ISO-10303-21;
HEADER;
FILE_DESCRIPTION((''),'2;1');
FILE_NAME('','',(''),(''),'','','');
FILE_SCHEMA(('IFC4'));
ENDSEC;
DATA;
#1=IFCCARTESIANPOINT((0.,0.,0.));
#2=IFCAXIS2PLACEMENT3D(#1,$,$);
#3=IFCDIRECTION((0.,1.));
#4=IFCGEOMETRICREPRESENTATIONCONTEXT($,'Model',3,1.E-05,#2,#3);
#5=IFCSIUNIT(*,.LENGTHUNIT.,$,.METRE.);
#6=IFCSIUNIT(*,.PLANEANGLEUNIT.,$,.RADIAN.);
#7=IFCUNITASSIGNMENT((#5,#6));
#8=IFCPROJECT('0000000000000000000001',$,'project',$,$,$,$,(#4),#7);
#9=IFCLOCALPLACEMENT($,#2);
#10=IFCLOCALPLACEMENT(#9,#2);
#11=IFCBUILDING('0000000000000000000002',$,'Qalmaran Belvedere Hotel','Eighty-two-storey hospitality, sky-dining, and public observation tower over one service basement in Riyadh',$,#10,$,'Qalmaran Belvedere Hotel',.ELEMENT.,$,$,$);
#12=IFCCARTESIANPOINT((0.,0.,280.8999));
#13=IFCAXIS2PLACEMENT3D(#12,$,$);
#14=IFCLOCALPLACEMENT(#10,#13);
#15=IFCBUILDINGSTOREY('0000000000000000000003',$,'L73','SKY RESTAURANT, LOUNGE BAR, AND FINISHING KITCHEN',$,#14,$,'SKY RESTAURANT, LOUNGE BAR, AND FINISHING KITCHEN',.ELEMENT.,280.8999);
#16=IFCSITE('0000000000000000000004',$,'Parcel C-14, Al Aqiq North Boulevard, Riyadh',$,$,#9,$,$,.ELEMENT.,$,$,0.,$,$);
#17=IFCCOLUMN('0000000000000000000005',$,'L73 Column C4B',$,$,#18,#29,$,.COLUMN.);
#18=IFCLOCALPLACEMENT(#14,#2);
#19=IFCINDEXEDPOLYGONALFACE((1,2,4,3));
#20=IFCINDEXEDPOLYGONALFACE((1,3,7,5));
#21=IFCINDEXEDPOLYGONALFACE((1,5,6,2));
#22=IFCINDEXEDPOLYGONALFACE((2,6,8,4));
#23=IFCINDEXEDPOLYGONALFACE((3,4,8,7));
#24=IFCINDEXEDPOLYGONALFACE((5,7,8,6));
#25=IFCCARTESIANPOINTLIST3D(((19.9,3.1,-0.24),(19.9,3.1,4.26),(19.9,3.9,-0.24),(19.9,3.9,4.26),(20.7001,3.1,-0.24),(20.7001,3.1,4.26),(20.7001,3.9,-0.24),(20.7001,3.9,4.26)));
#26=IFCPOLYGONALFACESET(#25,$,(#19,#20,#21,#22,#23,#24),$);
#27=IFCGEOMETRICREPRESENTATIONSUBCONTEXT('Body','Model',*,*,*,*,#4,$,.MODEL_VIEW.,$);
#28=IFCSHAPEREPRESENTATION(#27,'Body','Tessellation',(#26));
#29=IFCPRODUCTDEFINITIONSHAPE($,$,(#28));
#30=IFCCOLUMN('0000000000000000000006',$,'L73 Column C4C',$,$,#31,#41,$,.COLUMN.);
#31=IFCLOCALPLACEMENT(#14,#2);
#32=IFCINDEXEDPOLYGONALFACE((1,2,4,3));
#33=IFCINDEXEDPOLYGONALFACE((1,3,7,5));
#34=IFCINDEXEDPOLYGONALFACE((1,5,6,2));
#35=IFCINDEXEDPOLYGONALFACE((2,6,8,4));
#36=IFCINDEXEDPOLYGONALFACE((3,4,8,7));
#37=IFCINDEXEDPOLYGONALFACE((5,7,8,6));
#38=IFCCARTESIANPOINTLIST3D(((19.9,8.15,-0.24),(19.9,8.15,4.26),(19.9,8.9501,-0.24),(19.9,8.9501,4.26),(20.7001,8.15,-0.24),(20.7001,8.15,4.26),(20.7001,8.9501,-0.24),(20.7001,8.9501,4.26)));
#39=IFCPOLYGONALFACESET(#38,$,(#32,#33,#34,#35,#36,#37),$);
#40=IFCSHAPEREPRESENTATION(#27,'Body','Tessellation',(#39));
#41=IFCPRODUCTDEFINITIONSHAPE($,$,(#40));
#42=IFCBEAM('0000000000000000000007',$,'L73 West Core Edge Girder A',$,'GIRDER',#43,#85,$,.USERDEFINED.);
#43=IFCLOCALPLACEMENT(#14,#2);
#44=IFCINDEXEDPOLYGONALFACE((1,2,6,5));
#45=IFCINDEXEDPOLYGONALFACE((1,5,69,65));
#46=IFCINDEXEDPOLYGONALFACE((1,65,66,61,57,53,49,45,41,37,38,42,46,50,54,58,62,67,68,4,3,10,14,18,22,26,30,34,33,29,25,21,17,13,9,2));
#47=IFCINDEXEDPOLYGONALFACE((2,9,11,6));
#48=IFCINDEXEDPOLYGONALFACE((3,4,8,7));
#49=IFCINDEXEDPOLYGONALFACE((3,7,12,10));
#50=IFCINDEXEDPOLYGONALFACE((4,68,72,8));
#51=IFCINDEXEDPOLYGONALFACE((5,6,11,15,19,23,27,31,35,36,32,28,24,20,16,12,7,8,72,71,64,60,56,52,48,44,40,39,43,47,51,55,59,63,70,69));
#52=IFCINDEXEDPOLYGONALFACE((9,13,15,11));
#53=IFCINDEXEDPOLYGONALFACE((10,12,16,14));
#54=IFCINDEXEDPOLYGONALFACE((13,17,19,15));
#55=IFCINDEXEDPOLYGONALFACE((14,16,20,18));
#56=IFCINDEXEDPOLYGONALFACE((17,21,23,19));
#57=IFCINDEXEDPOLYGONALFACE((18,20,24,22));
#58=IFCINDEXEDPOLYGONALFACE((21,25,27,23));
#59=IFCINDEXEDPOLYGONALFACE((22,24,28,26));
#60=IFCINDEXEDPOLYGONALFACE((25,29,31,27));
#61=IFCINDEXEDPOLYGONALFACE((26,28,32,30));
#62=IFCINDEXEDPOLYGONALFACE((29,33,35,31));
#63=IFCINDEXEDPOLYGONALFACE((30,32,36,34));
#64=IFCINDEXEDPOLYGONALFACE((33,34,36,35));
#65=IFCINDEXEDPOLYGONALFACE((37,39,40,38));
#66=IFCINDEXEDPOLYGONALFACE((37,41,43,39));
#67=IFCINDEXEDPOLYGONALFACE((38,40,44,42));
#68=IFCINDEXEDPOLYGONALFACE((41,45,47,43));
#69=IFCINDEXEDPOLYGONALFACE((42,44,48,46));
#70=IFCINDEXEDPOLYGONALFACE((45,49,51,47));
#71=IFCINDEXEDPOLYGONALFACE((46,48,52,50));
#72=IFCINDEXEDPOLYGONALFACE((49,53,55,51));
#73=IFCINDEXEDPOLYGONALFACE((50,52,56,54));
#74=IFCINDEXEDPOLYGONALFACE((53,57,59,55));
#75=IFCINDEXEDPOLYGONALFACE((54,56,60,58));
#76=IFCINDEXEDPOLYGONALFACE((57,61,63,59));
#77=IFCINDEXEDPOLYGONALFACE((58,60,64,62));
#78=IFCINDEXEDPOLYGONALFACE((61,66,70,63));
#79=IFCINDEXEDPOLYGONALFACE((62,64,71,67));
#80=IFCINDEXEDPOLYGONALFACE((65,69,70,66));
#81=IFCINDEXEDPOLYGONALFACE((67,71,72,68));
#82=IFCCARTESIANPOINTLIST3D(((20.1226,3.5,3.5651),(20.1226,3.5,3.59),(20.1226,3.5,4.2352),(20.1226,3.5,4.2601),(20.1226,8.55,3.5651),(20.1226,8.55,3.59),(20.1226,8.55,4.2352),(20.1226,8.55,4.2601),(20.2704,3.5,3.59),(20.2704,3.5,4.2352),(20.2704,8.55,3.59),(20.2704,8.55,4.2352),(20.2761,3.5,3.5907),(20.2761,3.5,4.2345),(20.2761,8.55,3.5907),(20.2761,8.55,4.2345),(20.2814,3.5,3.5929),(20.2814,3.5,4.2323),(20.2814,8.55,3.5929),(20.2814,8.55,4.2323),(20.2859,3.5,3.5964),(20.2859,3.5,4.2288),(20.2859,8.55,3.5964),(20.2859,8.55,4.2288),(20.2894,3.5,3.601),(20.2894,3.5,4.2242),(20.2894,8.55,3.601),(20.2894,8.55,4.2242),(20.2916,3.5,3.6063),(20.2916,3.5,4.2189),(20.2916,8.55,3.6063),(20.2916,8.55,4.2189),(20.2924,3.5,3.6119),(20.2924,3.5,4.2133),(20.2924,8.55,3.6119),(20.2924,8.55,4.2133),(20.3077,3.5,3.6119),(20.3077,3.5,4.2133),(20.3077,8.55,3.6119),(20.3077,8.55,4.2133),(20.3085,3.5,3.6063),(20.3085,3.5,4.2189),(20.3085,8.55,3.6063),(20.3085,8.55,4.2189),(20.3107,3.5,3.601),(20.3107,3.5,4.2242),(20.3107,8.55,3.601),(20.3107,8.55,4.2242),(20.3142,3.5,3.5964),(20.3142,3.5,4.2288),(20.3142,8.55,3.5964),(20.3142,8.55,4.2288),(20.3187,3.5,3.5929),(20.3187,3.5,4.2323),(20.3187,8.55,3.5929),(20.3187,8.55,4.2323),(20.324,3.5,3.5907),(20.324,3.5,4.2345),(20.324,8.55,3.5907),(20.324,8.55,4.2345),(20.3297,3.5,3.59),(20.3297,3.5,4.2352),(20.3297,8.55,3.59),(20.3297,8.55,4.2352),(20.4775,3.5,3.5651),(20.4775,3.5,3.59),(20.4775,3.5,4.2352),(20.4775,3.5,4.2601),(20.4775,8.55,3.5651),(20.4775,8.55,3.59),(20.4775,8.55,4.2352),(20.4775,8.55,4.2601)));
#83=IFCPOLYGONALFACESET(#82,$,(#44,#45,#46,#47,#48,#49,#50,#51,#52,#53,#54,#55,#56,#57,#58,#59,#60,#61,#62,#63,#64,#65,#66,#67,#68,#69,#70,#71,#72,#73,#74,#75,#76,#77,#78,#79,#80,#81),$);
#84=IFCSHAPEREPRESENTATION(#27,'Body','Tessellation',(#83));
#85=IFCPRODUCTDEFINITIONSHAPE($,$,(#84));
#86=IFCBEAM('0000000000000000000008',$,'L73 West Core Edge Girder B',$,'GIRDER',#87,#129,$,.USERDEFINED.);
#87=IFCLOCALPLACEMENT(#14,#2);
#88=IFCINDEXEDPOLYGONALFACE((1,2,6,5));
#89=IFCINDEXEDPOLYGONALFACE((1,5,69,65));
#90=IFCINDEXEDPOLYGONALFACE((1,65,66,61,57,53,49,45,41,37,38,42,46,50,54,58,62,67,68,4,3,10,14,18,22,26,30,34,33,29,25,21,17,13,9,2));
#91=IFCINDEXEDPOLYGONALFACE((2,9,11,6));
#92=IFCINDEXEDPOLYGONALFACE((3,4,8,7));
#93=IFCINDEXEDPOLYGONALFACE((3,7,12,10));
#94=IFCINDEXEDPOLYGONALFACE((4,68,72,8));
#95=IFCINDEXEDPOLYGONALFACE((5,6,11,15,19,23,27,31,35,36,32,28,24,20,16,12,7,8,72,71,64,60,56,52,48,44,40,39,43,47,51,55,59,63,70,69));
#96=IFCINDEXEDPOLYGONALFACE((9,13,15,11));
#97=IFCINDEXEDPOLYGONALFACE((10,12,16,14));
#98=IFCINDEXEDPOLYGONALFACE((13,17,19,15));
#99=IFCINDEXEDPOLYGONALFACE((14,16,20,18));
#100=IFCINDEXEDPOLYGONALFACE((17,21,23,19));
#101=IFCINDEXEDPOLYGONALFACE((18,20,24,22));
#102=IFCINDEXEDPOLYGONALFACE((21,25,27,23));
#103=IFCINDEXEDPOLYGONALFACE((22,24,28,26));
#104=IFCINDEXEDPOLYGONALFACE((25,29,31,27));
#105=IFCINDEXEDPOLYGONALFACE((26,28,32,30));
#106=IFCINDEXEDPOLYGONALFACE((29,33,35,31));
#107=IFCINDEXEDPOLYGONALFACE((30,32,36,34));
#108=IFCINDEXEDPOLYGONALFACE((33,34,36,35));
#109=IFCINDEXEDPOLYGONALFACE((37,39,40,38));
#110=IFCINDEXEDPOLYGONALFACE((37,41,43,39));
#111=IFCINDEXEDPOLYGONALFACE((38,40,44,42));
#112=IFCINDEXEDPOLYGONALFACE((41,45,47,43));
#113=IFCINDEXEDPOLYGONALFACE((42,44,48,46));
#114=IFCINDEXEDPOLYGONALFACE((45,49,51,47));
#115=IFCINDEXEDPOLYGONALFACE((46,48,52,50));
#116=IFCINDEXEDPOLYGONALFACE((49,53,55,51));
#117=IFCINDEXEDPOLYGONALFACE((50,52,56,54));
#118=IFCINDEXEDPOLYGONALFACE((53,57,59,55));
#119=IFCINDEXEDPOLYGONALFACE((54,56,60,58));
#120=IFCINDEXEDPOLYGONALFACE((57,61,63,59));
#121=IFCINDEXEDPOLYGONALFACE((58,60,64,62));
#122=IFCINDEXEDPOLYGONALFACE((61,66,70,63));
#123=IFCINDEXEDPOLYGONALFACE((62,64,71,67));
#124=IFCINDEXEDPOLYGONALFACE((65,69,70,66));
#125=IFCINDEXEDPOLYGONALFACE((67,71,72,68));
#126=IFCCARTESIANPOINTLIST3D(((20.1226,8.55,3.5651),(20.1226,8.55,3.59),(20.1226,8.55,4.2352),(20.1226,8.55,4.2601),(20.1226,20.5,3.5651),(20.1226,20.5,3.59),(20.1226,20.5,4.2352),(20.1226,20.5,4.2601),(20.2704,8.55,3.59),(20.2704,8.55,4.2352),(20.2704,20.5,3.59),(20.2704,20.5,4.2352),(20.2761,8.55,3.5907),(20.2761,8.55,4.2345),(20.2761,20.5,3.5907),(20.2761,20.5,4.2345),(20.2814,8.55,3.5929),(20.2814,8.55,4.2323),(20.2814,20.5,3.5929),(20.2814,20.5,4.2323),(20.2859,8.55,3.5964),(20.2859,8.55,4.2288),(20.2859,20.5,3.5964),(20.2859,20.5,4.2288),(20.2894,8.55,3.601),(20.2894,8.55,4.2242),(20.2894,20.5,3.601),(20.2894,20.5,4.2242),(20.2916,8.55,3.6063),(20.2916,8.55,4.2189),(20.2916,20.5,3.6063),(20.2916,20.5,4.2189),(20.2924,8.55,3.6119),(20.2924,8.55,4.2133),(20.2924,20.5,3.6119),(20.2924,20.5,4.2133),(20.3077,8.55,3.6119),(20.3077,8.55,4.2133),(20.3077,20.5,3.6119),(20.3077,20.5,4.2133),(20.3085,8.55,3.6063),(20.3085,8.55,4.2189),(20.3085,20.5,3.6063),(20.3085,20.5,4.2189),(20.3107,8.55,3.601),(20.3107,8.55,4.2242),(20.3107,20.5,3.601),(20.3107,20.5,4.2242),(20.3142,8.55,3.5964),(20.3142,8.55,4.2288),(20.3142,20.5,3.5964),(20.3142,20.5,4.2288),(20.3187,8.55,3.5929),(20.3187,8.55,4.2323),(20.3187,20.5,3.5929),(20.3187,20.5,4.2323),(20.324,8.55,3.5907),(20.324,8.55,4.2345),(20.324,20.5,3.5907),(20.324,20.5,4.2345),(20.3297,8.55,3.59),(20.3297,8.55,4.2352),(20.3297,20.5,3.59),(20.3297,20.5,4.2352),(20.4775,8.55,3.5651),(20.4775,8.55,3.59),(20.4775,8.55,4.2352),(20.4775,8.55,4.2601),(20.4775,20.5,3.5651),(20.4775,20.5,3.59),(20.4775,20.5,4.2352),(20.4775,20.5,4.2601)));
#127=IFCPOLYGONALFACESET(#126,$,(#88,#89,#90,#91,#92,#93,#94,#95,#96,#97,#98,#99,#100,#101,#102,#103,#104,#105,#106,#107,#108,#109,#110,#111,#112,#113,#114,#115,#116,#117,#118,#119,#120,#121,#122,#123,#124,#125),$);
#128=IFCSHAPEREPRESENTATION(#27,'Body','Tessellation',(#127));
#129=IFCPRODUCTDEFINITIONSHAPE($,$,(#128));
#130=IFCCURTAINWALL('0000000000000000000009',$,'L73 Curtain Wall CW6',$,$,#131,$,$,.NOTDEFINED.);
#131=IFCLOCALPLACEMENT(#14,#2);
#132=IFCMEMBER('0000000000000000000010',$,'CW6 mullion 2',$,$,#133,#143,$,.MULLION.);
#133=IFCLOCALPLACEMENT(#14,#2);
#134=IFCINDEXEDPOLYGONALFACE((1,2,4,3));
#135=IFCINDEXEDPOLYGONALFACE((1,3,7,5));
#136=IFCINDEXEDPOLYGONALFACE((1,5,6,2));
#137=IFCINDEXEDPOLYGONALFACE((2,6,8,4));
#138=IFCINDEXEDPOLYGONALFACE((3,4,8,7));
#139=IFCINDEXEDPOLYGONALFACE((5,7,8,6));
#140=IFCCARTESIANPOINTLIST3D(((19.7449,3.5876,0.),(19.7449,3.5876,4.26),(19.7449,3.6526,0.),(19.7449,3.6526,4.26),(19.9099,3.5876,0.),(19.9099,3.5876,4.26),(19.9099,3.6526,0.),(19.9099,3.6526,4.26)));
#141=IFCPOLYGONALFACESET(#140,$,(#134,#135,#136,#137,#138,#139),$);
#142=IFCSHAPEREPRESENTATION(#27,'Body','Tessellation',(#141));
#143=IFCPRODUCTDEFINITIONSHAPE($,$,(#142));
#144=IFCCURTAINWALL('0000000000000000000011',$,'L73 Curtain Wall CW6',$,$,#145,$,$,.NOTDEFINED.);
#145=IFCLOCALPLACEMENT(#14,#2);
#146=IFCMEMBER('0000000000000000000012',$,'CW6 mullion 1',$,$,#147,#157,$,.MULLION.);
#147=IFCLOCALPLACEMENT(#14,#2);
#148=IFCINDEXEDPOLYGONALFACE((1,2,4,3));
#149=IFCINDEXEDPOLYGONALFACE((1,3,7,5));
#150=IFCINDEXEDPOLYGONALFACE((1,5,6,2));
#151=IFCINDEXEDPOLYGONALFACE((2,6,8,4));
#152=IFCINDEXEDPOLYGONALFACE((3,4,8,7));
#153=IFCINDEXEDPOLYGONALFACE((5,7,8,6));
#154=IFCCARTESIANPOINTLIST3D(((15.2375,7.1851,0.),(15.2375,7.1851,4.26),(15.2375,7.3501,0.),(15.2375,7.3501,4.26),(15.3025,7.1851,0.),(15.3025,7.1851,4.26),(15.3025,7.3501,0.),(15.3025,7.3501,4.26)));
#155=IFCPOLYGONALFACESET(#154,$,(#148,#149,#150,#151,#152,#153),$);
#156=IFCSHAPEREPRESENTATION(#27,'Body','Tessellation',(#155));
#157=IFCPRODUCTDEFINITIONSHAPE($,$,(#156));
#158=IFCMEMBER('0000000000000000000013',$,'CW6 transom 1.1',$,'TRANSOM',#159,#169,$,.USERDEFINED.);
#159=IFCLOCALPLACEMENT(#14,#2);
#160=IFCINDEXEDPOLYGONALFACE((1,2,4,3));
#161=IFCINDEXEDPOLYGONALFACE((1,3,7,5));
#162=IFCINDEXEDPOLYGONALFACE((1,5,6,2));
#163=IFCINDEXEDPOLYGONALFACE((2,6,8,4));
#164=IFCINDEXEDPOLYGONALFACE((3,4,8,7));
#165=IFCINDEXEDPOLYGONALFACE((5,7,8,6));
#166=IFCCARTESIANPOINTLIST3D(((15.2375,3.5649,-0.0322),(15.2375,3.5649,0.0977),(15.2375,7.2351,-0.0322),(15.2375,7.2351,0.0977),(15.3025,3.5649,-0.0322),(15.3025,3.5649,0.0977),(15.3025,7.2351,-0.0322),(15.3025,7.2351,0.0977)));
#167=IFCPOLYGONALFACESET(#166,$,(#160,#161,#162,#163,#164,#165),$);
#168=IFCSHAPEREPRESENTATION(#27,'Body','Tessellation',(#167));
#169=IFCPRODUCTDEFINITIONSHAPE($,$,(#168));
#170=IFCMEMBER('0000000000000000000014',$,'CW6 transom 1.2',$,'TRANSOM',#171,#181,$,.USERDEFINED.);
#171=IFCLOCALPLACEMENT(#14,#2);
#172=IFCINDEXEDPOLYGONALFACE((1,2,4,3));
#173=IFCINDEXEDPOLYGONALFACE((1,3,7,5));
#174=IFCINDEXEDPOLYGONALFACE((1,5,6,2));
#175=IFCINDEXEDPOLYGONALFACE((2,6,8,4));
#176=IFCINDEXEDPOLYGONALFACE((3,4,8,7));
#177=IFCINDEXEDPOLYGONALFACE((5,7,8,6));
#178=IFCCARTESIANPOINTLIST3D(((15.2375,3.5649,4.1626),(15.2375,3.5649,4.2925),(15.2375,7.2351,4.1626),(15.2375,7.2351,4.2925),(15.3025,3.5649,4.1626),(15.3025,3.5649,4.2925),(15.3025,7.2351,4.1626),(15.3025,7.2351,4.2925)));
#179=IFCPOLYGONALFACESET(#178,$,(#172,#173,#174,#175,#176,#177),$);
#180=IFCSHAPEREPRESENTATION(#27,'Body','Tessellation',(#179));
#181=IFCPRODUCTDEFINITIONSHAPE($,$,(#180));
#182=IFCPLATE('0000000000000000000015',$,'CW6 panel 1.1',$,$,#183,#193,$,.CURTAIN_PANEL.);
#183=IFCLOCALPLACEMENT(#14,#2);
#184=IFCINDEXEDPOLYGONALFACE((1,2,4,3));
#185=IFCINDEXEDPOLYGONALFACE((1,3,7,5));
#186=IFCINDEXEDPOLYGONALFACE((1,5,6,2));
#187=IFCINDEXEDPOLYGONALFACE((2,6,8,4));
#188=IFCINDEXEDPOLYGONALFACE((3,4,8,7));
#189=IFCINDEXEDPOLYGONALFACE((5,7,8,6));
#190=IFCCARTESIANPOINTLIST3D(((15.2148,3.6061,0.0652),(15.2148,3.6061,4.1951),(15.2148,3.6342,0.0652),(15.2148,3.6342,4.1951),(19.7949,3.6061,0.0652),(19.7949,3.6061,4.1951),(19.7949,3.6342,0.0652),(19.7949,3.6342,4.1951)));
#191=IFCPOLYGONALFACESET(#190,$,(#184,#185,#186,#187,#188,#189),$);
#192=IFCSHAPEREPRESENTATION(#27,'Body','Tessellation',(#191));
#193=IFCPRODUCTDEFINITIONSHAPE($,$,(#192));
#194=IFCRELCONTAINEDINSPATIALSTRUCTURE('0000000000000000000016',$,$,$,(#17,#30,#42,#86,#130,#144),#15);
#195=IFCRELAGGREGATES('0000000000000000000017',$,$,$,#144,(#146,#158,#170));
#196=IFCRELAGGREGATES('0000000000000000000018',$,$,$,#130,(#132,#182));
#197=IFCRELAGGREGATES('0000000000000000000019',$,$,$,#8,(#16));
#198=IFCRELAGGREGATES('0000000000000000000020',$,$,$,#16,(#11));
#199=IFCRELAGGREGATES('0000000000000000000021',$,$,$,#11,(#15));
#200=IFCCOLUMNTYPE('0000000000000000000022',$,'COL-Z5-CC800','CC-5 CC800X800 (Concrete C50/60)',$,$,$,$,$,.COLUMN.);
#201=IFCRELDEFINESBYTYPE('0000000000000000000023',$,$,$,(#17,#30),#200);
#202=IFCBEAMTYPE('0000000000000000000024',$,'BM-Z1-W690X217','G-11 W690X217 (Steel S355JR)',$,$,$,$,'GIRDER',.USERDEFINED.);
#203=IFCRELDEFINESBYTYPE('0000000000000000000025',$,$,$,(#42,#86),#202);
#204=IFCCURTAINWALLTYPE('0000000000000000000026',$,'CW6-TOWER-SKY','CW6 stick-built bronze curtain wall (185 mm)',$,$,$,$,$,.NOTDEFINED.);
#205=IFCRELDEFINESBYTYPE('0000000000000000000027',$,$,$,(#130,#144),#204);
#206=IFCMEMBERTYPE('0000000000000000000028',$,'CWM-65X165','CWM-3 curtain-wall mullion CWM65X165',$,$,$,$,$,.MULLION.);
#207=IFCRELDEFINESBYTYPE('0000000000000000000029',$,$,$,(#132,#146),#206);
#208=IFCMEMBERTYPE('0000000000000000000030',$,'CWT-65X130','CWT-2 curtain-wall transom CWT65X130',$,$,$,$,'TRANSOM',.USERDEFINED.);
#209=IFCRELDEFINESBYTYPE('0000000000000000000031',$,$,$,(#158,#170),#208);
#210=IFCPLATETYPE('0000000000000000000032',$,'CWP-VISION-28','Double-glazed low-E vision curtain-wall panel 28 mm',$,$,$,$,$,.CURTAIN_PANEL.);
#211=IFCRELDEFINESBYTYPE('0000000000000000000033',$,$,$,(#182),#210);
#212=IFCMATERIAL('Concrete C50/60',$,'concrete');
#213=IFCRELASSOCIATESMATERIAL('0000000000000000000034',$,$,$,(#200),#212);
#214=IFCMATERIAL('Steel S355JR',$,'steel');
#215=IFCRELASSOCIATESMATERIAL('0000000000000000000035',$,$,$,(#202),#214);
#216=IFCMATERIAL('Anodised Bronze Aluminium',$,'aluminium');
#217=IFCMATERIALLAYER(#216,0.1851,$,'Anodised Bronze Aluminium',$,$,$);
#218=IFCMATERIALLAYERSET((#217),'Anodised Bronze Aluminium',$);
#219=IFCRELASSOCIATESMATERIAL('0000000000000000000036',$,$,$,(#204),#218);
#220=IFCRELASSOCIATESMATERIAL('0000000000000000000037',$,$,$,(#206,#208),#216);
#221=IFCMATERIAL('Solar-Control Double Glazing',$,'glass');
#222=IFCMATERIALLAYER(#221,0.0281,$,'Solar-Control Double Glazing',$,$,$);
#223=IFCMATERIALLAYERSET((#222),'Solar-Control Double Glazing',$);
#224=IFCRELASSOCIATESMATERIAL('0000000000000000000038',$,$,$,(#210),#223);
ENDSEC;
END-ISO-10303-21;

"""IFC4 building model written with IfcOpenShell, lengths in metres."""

from ifc_helpers import new_model, si_unit, direction, frame, origin, origin_2d, place, context, subcontext, project, spatial, rectangle, i_section, extrude, material, layer, layer_set, material_profile, profile_set, type_object, element, aggregate, save


model = new_model("IFC4")

# Units and contexts
model_context = context("Model", 3, precision=1e-05, world=origin(), true_north=direction((0.0, 1.0)))
body_context = subcontext(model_context, "Body", "Model", "MODEL_VIEW")
ifc_project = project(units=[si_unit("LENGTHUNIT", "METRE"), si_unit("PLANEANGLEUNIT", "RADIAN")], contexts=[model_context])

# Site, building, storey
site_placement = place(None, origin())
site = spatial("IfcSite", under=ifc_project, at=site_placement, Name="Parcel C-14, Al Aqiq North Boulevard, Riyadh", CompositionType="ELEMENT", RefElevation=0.0)
building_placement = place(site_placement, origin())
building = spatial("IfcBuilding", under=site, at=building_placement, Name="Qalmaran Belvedere Hotel", Description="Eighty-two-storey hospitality, sky-dining, and public observation tower over one service basement in Riyadh", LongName="Qalmaran Belvedere Hotel", CompositionType="ELEMENT")
storey_placement = place(building_placement, frame((0.0, 0.0, 280.8999)))
storey = spatial("IfcBuildingStorey", under=building, at=storey_placement, Name="L73", Description="SKY RESTAURANT, LOUNGE BAR, AND FINISHING KITCHEN", LongName="SKY RESTAURANT, LOUNGE BAR, AND FINISHING KITCHEN", CompositionType="ELEMENT", Elevation=280.8999)

# Columns
ifc_material_1 = material(Name="Concrete C50/60", Category="concrete")
ifc_material_profile_1 = material_profile(ifc_material_1, rectangle(XDim=0.8, YDim=0.8, at=origin_2d()), Name="CC800X800")
ifc_profile_set_1 = profile_set([ifc_material_profile_1], Name="Concrete C50/60")
column_type = type_object("IfcColumnType", Name="COL-Z5-CC800", Description="CC-5 CC800X800 (Concrete C50/60)", PredefinedType="COLUMN", material=ifc_profile_set_1)
for number, where, z_axis, x_axis, name in (
    (1, (20.3, 3.5, -0.24), (0.0, 0.0, 1.0), (1.0, 0.0, 0.0), "L73 Column C4B"),
    (2, (20.3, 8.55, -0.24), (0.0, 0.0, 1.0), (1.0, 0.0, 0.0), "L73 Column C4C"),
):
    element("IfcColumn", number, at=place(storey_placement, frame(where, z_axis=z_axis, x_axis=x_axis)), inside=storey, type_object=column_type, Name=name, PredefinedType="COLUMN", context=body_context, shape_type="SweptSolid", body=[
        extrude(rectangle(XDim=0.8, YDim=0.8, at=origin_2d()), origin(), (0.0, 0.0, 1.0), 4.5),
    ])

# Beams
ifc_material_2 = material(Name="Steel S355JR", Category="steel")
ifc_material_profile_2 = material_profile(ifc_material_2, i_section(OverallWidth=0.355, OverallDepth=0.6951, WebThickness=0.0154, FlangeThickness=0.0249, FilletRadius=0.022, at=origin_2d()), Name="W690X217")
ifc_profile_set_2 = profile_set([ifc_material_profile_2], Name="Steel S355JR")
beam_type = type_object("IfcBeamType", Name="BM-Z1-W690X217", Description="G-11 W690X217 (Steel S355JR)", ElementType="GIRDER", PredefinedType="USERDEFINED", material=ifc_profile_set_2)
beam_1_placement = place(storey_placement, frame((20.3, 3.5, 3.9126), z_axis=(0.0, 1.0, 0.0), x_axis=(-1.0, 0.0, 0.0)))
element("IfcBeam", 3, at=beam_1_placement, inside=storey, type_object=beam_type, Name="L73 West Core Edge Girder A", ObjectType="GIRDER", PredefinedType="USERDEFINED", context=body_context, shape_type="SweptSolid", body=[
    extrude(i_section(OverallWidth=0.355, OverallDepth=0.6951, WebThickness=0.0154, FlangeThickness=0.0249, FilletRadius=0.022, at=origin_2d()), origin(), (0.0, 0.0, 1.0), 5.05),
])
beam_2_placement = place(storey_placement, frame((20.3, 8.55, 3.9126), z_axis=(0.0, 1.0, 0.0), x_axis=(-1.0, 0.0, 0.0)))
element("IfcBeam", 4, at=beam_2_placement, inside=storey, type_object=beam_type, Name="L73 West Core Edge Girder B", ObjectType="GIRDER", PredefinedType="USERDEFINED", context=body_context, shape_type="SweptSolid", body=[
    extrude(i_section(OverallWidth=0.355, OverallDepth=0.6951, WebThickness=0.0154, FlangeThickness=0.0249, FilletRadius=0.022, at=origin_2d()), origin(), (0.0, 0.0, 1.0), 11.95),
])

# Curtain wall, member
ifc_material_3 = material(Name="Anodised Bronze Aluminium", Category="aluminium")
ifc_layer_1 = layer(ifc_material_3, 0.1851, Name="Anodised Bronze Aluminium")
ifc_layer_set_1 = layer_set([ifc_layer_1], Name="Anodised Bronze Aluminium")
curtain_wall_type = type_object("IfcCurtainWallType", Name="CW6-TOWER-SKY", Description="CW6 stick-built bronze curtain wall (185 mm)", PredefinedType="NOTDEFINED", material=ifc_layer_set_1)
curtain_wall_1_placement = place(storey_placement, origin())
curtain_wall_1 = element("IfcCurtainWall", 5, at=curtain_wall_1_placement, inside=storey, type_object=curtain_wall_type, Name="L73 Curtain Wall CW6", PredefinedType="NOTDEFINED")
ifc_material_profile_3 = material_profile(ifc_material_3, rectangle(XDim=0.0649, YDim=0.165, at=origin_2d()), Name="CWM65X165")
ifc_profile_set_3 = profile_set([ifc_material_profile_3], Name="Anodised Bronze Aluminium")
member_type_1 = type_object("IfcMemberType", Name="CWM-65X165", Description="CWM-3 curtain-wall mullion CWM65X165", PredefinedType="MULLION", material=ifc_profile_set_3)
member_1_placement = place(storey_placement, frame((19.8274, 3.6201, 0.0), z_axis=(0.0, 0.0, 1.0), x_axis=(0.0, 1.0, 0.0)))
member_1 = element("IfcMember", 6, at=member_1_placement, type_object=member_type_1, Name="CW6 mullion 2", PredefinedType="MULLION", context=body_context, shape_type="SweptSolid", body=[
    extrude(rectangle(XDim=0.0649, YDim=0.165, at=origin_2d()), origin(), (0.0, 0.0, 1.0), 4.26),
])

# Curtain wall, members
curtain_wall_2_placement = place(storey_placement, origin())
curtain_wall_2 = element("IfcCurtainWall", 7, at=curtain_wall_2_placement, inside=storey, type_object=curtain_wall_type, Name="L73 Curtain Wall CW6", PredefinedType="NOTDEFINED")
member_2_placement = place(storey_placement, frame((15.27, 7.2676, 0.0), z_axis=(0.0, 0.0, 1.0), x_axis=(1.0, 0.0, 0.0)))
member_2 = element("IfcMember", 8, at=member_2_placement, type_object=member_type_1, Name="CW6 mullion 1", PredefinedType="MULLION", context=body_context, shape_type="SweptSolid", body=[
    extrude(rectangle(XDim=0.0649, YDim=0.165, at=origin_2d()), origin(), (0.0, 0.0, 1.0), 4.26),
])
ifc_material_profile_4 = material_profile(ifc_material_3, rectangle(XDim=0.0649, YDim=0.1299, at=origin_2d()), Name="CWT65X130")
ifc_profile_set_4 = profile_set([ifc_material_profile_4], Name="Anodised Bronze Aluminium")
member_type_2 = type_object("IfcMemberType", Name="CWT-65X130", Description="CWT-2 curtain-wall transom CWT65X130", ElementType="TRANSOM", PredefinedType="USERDEFINED", material=ifc_profile_set_4)
member_3_placement = place(storey_placement, frame((15.27, 7.2351, 0.0327), z_axis=(0.0, -1.0, 0.0), x_axis=(1.0, 0.0, 0.0)))
member_3 = element("IfcMember", 9, at=member_3_placement, type_object=member_type_2, Name="CW6 transom 1.1", ObjectType="TRANSOM", PredefinedType="USERDEFINED", context=body_context, shape_type="SweptSolid", body=[
    extrude(rectangle(XDim=0.0649, YDim=0.1299, at=origin_2d()), origin(), (0.0, 0.0, 1.0), 3.6702),
])
member_4_placement = place(storey_placement, frame((15.27, 7.2351, 4.2275), z_axis=(0.0, -1.0, 0.0), x_axis=(1.0, 0.0, 0.0)))
member_4 = element("IfcMember", 10, at=member_4_placement, type_object=member_type_2, Name="CW6 transom 1.2", ObjectType="TRANSOM", PredefinedType="USERDEFINED", context=body_context, shape_type="SweptSolid", body=[
    extrude(rectangle(XDim=0.0649, YDim=0.1299, at=origin_2d()), origin(), (0.0, 0.0, 1.0), 3.6702),
])
aggregate(curtain_wall_2, [member_2, member_3, member_4])

# Plate
ifc_material_4 = material(Name="Solar-Control Double Glazing", Category="glass")
ifc_layer_2 = layer(ifc_material_4, 0.0281, Name="Solar-Control Double Glazing")
ifc_layer_set_2 = layer_set([ifc_layer_2], Name="Solar-Control Double Glazing")
plate_type = type_object("IfcPlateType", Name="CWP-VISION-28", Description="Double-glazed low-E vision curtain-wall panel 28 mm", PredefinedType="CURTAIN_PANEL", material=ifc_layer_set_2)
plate_placement = place(storey_placement, frame((17.5049, 3.6201, 0.0652), z_axis=(0.0, 0.0, 1.0), x_axis=(1.0, 0.0, 0.0)))
plate = element("IfcPlate", 11, at=plate_placement, type_object=plate_type, Name="CW6 panel 1.1", PredefinedType="CURTAIN_PANEL", context=body_context, shape_type="SweptSolid", body=[
    extrude(rectangle(XDim=4.5801, YDim=0.0281, at=origin_2d()), origin(), (0.0, 0.0, 1.0), 4.1299),
])
aggregate(curtain_wall_1, [member_1, plate])

save(model, "model.ifc")
